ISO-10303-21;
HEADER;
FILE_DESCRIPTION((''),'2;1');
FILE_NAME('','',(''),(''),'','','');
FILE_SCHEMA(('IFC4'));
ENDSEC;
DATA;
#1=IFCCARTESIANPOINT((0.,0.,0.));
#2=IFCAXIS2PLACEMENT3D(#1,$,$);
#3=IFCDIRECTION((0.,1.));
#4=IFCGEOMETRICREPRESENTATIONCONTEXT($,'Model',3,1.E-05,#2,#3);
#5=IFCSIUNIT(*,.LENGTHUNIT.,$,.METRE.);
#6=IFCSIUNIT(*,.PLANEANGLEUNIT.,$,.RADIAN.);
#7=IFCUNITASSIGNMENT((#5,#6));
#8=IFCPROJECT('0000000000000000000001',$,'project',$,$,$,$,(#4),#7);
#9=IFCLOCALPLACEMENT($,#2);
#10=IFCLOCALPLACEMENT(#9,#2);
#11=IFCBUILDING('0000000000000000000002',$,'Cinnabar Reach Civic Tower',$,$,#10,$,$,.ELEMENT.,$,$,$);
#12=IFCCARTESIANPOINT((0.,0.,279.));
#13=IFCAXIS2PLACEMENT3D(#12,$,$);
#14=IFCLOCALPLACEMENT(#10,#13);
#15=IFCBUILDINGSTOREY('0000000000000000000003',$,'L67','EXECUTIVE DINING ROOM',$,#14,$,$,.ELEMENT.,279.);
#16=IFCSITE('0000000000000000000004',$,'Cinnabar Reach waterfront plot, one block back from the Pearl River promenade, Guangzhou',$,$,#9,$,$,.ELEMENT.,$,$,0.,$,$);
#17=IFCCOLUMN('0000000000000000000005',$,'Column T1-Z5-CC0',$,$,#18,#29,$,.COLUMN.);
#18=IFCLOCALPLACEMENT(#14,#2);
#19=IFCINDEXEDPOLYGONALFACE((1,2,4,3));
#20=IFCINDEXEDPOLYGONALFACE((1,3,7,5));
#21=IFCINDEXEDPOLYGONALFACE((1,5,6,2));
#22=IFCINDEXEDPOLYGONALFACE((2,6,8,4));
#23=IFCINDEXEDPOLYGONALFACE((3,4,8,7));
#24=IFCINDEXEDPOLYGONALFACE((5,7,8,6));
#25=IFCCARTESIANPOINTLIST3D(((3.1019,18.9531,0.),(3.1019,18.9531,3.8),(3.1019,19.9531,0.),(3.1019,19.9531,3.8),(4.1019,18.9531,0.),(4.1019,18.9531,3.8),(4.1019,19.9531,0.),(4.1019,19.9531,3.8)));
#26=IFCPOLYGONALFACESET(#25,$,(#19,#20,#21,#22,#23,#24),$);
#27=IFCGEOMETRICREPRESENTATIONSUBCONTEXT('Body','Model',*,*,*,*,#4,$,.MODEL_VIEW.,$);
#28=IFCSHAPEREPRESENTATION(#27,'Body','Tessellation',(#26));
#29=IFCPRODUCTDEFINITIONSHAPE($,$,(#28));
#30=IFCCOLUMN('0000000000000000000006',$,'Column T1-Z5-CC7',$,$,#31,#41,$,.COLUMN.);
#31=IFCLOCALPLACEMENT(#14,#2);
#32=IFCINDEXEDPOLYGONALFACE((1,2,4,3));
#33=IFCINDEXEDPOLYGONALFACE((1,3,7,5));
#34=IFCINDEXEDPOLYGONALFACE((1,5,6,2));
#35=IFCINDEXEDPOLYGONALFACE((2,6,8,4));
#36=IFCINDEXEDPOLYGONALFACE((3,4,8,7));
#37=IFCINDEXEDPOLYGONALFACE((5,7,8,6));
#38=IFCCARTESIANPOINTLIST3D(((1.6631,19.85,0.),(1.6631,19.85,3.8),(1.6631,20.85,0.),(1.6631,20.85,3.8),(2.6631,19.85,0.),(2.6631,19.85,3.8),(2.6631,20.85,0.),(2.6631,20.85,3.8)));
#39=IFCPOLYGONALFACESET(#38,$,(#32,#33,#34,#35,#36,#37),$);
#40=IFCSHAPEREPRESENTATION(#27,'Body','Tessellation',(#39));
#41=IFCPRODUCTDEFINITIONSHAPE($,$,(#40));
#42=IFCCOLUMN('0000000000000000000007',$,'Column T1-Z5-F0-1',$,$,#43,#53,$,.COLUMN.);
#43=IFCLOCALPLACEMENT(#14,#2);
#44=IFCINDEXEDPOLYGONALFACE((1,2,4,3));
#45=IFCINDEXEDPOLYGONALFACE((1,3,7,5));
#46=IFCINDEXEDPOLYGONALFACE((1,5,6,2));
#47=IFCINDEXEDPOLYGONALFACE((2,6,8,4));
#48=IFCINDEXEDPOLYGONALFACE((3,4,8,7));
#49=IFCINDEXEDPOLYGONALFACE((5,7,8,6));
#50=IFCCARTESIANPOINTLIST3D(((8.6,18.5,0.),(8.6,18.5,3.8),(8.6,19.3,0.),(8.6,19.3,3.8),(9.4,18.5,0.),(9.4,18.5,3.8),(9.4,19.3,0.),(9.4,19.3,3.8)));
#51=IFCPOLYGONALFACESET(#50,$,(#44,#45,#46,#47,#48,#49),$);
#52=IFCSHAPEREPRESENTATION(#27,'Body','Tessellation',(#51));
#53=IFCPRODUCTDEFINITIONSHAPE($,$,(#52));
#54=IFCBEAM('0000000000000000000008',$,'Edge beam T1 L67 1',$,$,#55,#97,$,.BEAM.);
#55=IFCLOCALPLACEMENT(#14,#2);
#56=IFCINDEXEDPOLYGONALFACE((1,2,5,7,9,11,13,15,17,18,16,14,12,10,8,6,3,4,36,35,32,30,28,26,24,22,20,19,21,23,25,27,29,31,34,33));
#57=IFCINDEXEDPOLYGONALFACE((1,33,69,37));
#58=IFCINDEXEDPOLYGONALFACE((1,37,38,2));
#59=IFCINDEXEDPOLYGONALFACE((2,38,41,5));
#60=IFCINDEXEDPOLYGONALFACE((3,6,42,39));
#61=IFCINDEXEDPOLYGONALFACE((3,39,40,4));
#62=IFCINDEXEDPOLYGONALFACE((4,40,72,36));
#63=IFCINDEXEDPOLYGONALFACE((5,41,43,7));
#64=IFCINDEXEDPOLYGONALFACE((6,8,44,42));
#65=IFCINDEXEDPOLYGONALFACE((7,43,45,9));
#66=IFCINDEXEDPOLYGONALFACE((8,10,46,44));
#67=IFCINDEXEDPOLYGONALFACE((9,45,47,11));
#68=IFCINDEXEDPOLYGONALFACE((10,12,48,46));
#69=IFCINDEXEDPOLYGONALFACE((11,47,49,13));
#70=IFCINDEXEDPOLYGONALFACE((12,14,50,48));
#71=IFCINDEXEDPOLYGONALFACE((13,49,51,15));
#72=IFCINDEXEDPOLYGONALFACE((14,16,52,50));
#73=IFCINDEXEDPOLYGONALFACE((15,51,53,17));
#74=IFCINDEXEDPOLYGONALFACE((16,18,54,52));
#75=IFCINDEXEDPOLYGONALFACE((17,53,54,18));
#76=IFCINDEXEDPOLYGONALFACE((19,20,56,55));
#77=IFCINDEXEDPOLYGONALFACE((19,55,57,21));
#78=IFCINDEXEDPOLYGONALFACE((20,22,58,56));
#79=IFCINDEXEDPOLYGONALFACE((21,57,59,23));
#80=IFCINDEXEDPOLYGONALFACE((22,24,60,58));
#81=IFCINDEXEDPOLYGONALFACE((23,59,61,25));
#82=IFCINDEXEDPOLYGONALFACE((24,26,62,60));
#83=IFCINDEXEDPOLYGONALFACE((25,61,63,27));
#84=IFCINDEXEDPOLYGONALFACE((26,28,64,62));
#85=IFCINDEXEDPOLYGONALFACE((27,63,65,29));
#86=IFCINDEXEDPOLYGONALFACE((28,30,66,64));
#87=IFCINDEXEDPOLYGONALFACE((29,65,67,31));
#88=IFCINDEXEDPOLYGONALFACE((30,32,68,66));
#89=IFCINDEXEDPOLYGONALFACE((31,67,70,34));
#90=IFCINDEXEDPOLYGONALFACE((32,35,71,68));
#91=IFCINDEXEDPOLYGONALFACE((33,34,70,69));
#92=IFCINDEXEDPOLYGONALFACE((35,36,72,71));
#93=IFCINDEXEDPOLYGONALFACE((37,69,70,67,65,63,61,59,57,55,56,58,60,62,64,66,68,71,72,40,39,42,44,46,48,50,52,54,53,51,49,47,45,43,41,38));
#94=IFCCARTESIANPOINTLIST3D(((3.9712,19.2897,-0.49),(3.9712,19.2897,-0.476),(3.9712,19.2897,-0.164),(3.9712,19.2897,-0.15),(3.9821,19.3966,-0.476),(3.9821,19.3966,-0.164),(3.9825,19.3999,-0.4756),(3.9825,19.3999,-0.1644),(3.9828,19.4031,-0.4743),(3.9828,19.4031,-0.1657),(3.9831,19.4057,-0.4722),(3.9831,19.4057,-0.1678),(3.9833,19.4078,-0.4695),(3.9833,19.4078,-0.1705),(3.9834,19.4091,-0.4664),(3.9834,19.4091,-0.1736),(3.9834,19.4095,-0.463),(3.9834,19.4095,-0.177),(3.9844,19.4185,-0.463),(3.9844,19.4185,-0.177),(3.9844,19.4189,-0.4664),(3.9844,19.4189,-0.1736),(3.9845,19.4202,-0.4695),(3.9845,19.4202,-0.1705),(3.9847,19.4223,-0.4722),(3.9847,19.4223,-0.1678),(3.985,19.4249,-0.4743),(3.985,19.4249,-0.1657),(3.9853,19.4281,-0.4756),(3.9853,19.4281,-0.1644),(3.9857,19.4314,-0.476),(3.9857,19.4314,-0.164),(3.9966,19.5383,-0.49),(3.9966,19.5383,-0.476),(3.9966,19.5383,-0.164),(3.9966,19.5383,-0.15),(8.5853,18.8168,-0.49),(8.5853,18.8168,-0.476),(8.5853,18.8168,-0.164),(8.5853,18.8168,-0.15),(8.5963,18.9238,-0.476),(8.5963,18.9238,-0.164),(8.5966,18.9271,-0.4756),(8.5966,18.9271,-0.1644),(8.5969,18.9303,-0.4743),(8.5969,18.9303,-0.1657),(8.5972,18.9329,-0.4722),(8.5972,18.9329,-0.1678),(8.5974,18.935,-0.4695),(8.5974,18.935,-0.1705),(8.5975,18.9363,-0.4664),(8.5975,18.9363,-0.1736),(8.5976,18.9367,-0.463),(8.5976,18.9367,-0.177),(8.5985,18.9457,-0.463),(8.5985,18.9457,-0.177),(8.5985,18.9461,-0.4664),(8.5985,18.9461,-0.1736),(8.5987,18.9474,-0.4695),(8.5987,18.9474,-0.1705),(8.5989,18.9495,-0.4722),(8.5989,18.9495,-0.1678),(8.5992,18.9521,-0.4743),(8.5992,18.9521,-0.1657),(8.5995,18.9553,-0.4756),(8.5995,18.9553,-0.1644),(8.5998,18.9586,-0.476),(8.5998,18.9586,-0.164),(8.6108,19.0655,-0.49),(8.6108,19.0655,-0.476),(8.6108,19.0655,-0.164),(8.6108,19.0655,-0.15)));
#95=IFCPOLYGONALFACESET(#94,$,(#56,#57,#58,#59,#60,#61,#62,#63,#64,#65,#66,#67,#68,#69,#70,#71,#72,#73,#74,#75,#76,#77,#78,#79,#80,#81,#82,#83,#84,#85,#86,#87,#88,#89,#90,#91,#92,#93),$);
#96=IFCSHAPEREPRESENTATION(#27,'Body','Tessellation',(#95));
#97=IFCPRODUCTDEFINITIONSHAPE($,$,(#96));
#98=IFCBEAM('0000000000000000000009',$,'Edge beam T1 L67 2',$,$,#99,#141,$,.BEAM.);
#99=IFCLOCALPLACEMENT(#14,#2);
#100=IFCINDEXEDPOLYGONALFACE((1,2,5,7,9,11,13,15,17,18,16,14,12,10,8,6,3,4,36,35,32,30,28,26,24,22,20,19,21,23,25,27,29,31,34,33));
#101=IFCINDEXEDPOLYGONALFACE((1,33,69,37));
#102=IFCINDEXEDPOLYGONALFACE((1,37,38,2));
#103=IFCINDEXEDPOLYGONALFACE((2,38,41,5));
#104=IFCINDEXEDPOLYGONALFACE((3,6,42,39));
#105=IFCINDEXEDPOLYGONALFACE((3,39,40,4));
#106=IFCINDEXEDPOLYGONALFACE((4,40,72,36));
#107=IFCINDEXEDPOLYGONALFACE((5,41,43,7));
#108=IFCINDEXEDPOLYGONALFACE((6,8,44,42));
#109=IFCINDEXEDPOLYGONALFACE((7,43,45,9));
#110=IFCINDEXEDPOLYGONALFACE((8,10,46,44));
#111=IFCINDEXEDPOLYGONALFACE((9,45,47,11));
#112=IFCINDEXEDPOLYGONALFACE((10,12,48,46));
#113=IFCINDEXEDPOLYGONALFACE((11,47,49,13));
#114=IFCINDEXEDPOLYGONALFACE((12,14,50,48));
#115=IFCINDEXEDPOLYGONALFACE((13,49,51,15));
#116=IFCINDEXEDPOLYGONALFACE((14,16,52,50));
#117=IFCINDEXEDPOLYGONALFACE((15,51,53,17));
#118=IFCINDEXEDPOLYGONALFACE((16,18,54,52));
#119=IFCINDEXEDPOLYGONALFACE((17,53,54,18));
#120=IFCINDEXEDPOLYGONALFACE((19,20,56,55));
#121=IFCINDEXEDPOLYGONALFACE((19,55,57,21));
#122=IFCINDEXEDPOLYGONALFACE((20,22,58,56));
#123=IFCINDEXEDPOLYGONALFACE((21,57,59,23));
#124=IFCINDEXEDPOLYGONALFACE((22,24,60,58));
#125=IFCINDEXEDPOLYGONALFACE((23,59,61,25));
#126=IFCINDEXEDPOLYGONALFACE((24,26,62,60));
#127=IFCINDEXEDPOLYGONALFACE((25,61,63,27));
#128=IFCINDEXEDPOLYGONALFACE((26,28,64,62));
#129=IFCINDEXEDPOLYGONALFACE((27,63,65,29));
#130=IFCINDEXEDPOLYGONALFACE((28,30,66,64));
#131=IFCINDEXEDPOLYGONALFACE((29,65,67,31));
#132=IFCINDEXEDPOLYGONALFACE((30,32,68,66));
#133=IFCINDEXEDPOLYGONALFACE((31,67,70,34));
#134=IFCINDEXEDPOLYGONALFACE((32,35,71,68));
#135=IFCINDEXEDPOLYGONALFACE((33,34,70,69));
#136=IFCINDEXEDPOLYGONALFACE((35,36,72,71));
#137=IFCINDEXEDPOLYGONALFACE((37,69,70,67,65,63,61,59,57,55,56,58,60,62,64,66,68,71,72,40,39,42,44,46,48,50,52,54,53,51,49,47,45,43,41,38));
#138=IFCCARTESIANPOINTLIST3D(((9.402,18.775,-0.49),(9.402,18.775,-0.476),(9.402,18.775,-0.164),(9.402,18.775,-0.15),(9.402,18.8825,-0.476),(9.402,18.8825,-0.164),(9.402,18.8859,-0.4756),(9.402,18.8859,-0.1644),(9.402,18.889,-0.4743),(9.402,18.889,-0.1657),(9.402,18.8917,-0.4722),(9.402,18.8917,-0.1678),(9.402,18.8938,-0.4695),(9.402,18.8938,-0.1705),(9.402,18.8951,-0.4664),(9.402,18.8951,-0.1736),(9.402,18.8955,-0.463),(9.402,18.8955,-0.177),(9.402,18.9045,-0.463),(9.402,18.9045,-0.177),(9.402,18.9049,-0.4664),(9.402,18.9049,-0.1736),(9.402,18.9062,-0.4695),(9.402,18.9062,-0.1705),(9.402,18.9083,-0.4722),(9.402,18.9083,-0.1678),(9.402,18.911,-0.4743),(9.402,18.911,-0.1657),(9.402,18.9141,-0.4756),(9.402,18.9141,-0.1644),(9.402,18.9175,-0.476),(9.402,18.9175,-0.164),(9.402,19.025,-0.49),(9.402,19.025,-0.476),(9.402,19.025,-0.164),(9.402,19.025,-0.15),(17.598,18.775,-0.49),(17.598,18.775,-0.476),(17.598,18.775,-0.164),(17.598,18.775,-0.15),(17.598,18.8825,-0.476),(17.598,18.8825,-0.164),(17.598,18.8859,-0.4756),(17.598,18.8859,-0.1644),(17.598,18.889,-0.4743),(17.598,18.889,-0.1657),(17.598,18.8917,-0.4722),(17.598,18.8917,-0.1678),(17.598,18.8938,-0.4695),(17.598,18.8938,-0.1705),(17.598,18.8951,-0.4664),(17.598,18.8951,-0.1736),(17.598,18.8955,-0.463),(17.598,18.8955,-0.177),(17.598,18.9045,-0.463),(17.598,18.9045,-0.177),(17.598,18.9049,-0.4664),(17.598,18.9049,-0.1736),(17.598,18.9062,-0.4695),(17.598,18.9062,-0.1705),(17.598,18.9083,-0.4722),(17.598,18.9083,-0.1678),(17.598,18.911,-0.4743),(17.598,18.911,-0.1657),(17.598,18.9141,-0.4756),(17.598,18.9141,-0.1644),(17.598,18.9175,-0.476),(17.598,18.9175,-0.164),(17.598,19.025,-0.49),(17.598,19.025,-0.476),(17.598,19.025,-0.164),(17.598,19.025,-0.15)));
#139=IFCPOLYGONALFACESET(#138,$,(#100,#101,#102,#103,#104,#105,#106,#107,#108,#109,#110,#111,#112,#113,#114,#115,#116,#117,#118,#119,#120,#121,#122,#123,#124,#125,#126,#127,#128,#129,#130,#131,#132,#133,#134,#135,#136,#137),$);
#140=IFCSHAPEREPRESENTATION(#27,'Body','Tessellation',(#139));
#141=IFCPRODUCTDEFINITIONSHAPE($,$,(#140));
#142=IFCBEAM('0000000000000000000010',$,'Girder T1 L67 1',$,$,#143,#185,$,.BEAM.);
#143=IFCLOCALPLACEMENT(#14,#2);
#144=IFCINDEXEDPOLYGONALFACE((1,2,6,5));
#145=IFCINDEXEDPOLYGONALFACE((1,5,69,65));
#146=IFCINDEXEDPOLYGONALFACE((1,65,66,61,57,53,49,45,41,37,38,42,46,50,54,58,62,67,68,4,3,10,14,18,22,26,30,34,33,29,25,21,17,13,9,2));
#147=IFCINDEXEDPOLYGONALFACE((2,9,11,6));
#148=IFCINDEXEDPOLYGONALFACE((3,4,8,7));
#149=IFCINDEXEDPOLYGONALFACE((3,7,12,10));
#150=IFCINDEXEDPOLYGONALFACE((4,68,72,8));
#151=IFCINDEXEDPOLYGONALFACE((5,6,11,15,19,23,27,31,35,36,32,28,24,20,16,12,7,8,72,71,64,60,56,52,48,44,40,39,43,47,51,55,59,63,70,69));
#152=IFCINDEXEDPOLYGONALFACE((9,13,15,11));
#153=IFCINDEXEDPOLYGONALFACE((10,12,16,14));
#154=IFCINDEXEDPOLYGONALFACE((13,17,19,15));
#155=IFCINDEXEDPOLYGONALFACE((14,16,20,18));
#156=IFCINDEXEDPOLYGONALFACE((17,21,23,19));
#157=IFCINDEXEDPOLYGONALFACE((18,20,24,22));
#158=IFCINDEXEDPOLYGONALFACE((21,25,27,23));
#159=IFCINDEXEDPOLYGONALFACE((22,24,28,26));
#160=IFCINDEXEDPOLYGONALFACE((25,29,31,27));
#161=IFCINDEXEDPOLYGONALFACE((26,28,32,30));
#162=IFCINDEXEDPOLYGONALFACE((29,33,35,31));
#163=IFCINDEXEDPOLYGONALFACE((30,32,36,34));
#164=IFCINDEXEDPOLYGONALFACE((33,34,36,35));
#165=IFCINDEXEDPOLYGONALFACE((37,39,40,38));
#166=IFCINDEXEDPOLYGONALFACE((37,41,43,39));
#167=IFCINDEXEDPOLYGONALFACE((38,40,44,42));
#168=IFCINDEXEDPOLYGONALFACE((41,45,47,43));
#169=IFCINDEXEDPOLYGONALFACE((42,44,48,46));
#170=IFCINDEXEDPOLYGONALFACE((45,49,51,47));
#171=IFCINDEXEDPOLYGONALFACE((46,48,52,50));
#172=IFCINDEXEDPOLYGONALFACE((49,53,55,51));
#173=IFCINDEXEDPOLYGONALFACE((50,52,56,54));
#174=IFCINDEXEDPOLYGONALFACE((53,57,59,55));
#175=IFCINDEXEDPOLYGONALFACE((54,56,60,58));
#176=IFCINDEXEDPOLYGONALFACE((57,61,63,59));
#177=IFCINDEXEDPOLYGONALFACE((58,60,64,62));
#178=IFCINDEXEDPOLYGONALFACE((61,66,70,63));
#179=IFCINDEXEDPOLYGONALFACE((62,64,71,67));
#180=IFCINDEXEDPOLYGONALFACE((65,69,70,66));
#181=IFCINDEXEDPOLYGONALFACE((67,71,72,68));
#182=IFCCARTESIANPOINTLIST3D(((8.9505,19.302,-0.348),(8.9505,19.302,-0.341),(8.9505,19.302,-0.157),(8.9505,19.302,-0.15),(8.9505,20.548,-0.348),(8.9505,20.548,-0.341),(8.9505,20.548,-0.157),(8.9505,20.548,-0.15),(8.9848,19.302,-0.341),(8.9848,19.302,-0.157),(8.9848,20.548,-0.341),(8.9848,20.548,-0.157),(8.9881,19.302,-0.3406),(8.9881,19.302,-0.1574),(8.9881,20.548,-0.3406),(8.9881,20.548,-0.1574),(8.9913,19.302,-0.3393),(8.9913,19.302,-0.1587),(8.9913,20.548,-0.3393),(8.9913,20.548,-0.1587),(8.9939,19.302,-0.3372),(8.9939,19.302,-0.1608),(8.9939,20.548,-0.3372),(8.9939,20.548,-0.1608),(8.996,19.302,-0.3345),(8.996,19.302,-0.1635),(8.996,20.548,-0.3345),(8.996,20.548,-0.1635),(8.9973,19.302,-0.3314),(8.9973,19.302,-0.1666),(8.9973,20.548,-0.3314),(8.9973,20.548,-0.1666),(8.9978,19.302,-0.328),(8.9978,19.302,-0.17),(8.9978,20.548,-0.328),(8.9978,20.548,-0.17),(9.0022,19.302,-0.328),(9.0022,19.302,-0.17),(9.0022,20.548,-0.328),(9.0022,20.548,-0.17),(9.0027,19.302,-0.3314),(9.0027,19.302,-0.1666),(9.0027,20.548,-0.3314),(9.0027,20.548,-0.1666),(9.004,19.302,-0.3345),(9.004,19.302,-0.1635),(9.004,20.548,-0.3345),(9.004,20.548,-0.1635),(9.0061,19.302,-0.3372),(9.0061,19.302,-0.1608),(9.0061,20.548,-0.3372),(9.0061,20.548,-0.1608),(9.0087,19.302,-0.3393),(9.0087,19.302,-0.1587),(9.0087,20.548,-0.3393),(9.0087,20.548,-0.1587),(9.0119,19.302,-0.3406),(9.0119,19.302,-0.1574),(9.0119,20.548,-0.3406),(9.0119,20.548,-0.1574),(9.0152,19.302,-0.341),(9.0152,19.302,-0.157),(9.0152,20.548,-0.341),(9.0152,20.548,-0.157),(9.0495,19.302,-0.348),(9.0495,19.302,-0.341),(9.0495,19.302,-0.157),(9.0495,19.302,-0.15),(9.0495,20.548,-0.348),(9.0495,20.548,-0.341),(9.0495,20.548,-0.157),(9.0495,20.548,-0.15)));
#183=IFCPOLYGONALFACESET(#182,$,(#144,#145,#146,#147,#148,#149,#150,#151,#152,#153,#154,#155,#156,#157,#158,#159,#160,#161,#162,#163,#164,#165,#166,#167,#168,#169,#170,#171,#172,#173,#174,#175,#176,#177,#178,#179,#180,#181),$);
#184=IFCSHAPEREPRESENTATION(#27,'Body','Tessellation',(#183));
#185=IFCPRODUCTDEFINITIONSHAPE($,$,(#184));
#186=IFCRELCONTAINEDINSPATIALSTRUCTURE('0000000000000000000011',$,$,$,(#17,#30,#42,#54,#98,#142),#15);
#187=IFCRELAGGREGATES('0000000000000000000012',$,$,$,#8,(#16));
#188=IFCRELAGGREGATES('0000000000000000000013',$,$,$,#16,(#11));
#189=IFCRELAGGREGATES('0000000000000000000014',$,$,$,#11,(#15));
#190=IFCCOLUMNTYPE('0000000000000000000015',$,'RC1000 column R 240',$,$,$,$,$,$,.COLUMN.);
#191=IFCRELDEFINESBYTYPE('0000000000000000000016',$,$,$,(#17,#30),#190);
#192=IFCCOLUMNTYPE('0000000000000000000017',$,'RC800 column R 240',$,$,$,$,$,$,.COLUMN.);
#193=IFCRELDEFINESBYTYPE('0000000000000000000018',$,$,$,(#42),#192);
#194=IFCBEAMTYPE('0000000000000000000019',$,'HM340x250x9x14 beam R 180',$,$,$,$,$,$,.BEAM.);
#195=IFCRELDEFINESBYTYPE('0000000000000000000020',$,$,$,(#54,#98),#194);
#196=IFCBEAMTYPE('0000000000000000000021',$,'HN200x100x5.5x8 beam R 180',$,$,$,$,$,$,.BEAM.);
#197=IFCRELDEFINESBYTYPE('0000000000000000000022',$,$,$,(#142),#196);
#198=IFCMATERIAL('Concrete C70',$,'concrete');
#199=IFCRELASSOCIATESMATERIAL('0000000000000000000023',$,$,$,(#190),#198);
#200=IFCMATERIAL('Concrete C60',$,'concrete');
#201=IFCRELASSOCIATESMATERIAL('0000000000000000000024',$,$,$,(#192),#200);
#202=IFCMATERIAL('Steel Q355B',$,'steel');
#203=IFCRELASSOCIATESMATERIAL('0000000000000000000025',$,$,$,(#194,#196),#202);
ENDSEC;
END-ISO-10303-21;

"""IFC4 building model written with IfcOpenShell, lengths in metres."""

from ifc_helpers import new_model, si_unit, direction, frame, origin, origin_2d, place, context, subcontext, project, spatial, rectangle, i_section, extrude, material, material_profile, profile_set, type_object, element, save


model = new_model("IFC4")

# Units and contexts
model_context = context("Model", 3, precision=1e-05, world=origin(), true_north=direction((0.0, 1.0)))
body_context = subcontext(model_context, "Body", "Model", "MODEL_VIEW")
ifc_project = project(units=[si_unit("LENGTHUNIT", "METRE"), si_unit("PLANEANGLEUNIT", "RADIAN")], contexts=[model_context])

# Site, building, storey
site_placement = place(None, origin())
site = spatial("IfcSite", under=ifc_project, at=site_placement, Name="Cinnabar Reach waterfront plot, one block back from the Pearl River promenade, Guangzhou", CompositionType="ELEMENT", RefElevation=0.0)
building_placement = place(site_placement, origin())
building = spatial("IfcBuilding", under=site, at=building_placement, Name="Cinnabar Reach Civic Tower", CompositionType="ELEMENT")
storey_placement = place(building_placement, frame((0.0, 0.0, 279.0)))
storey = spatial("IfcBuildingStorey", under=building, at=storey_placement, Name="L67", Description="EXECUTIVE DINING ROOM", CompositionType="ELEMENT", Elevation=279.0)

# Columns
ifc_material_1 = material(Name="Concrete C70", Category="concrete")
ifc_material_profile_1 = material_profile(ifc_material_1, rectangle(XDim=1.0, YDim=1.0, at=origin_2d()), Name="RC1000")
ifc_profile_set_1 = profile_set([ifc_material_profile_1], Name="Concrete C70")
column_type_1 = type_object("IfcColumnType", Name="RC1000 column R 240", PredefinedType="COLUMN", material=ifc_profile_set_1)
for number, where, z_axis, x_axis, name in (
    (1, (3.6019, 19.4531, 0.0), (0.0, 0.0, 1.0), (1.0, 0.0, 0.0), "Column T1-Z5-CC0"),
    (2, (2.1631, 20.35, 0.0), (0.0, 0.0, 1.0), (1.0, 0.0, 0.0), "Column T1-Z5-CC7"),
):
    element("IfcColumn", number, at=place(storey_placement, frame(where, z_axis=z_axis, x_axis=x_axis)), inside=storey, type_object=column_type_1, Name=name, PredefinedType="COLUMN", context=body_context, shape_type="SweptSolid", body=[
        extrude(rectangle(XDim=1.0, YDim=1.0, at=origin_2d()), origin(), (0.0, 0.0, 1.0), 3.8),
    ])
ifc_material_2 = material(Name="Concrete C60", Category="concrete")
ifc_material_profile_2 = material_profile(ifc_material_2, rectangle(XDim=0.8, YDim=0.8, at=origin_2d()), Name="RC800")
ifc_profile_set_2 = profile_set([ifc_material_profile_2], Name="Concrete C60")
column_type_2 = type_object("IfcColumnType", Name="RC800 column R 240", PredefinedType="COLUMN", material=ifc_profile_set_2)
column_placement = place(storey_placement, frame((9.0, 18.9, 0.0), z_axis=(0.0, 0.0, 1.0), x_axis=(1.0, 0.0, 0.0)))
element("IfcColumn", 3, at=column_placement, inside=storey, type_object=column_type_2, Name="Column T1-Z5-F0-1", PredefinedType="COLUMN", context=body_context, shape_type="SweptSolid", body=[
    extrude(rectangle(XDim=0.8, YDim=0.8, at=origin_2d()), origin(), (0.0, 0.0, 1.0), 3.8),
])

# Beams
ifc_material_3 = material(Name="Steel Q355B", Category="steel")
ifc_material_profile_3 = material_profile(ifc_material_3, i_section(OverallWidth=0.25, OverallDepth=0.34, WebThickness=0.009, FlangeThickness=0.014, FilletRadius=0.013, at=origin_2d()), Name="HM340x250x9x14")
ifc_profile_set_3 = profile_set([ifc_material_profile_3], Name="Steel Q355B")
beam_type_1 = type_object("IfcBeamType", Name="HM340x250x9x14 beam R 180", PredefinedType="BEAM", material=ifc_profile_set_3)
beam_1_placement = place(storey_placement, frame((3.9839, 19.414, -0.32), z_axis=(0.994791, -0.101935, 0.0), x_axis=(0.101935, 0.994791, 0.0)))
element("IfcBeam", 4, at=beam_1_placement, inside=storey, type_object=beam_type_1, Name="Edge beam T1 L67 1", PredefinedType="BEAM", context=body_context, shape_type="SweptSolid", body=[
    extrude(i_section(OverallWidth=0.25, OverallDepth=0.34, WebThickness=0.009, FlangeThickness=0.014, FilletRadius=0.013, at=origin_2d()), origin(), (0.0, 0.0, 1.0), 4.6383),
])
beam_2_placement = place(storey_placement, frame((9.402, 18.9, -0.32), z_axis=(1.0, 0.0, 0.0), x_axis=(0.0, 1.0, 0.0)))
element("IfcBeam", 5, at=beam_2_placement, inside=storey, type_object=beam_type_1, Name="Edge beam T1 L67 2", PredefinedType="BEAM", context=body_context, shape_type="SweptSolid", body=[
    extrude(i_section(OverallWidth=0.25, OverallDepth=0.34, WebThickness=0.009, FlangeThickness=0.014, FilletRadius=0.013, at=origin_2d()), origin(), (0.0, 0.0, 1.0), 8.196),
])
ifc_material_profile_4 = material_profile(ifc_material_3, i_section(OverallWidth=0.099, OverallDepth=0.198, WebThickness=0.0045, FlangeThickness=0.007, FilletRadius=0.013, at=origin_2d()), Name="HN200x100x5.5x8")
ifc_profile_set_4 = profile_set([ifc_material_profile_4], Name="Steel Q355B")
beam_type_2 = type_object("IfcBeamType", Name="HN200x100x5.5x8 beam R 180", PredefinedType="BEAM", material=ifc_profile_set_4)
beam_3_placement = place(storey_placement, frame((9.0, 19.302, -0.249), z_axis=(0.0, 1.0, 0.0), x_axis=(-1.0, 0.0, 0.0)))
element("IfcBeam", 6, at=beam_3_placement, inside=storey, type_object=beam_type_2, Name="Girder T1 L67 1", PredefinedType="BEAM", context=body_context, shape_type="SweptSolid", body=[
    extrude(i_section(OverallWidth=0.099, OverallDepth=0.198, WebThickness=0.0045, FlangeThickness=0.007, FilletRadius=0.013, at=origin_2d()), origin(), (0.0, 0.0, 1.0), 1.246),
])

save(model, "model.ifc")
